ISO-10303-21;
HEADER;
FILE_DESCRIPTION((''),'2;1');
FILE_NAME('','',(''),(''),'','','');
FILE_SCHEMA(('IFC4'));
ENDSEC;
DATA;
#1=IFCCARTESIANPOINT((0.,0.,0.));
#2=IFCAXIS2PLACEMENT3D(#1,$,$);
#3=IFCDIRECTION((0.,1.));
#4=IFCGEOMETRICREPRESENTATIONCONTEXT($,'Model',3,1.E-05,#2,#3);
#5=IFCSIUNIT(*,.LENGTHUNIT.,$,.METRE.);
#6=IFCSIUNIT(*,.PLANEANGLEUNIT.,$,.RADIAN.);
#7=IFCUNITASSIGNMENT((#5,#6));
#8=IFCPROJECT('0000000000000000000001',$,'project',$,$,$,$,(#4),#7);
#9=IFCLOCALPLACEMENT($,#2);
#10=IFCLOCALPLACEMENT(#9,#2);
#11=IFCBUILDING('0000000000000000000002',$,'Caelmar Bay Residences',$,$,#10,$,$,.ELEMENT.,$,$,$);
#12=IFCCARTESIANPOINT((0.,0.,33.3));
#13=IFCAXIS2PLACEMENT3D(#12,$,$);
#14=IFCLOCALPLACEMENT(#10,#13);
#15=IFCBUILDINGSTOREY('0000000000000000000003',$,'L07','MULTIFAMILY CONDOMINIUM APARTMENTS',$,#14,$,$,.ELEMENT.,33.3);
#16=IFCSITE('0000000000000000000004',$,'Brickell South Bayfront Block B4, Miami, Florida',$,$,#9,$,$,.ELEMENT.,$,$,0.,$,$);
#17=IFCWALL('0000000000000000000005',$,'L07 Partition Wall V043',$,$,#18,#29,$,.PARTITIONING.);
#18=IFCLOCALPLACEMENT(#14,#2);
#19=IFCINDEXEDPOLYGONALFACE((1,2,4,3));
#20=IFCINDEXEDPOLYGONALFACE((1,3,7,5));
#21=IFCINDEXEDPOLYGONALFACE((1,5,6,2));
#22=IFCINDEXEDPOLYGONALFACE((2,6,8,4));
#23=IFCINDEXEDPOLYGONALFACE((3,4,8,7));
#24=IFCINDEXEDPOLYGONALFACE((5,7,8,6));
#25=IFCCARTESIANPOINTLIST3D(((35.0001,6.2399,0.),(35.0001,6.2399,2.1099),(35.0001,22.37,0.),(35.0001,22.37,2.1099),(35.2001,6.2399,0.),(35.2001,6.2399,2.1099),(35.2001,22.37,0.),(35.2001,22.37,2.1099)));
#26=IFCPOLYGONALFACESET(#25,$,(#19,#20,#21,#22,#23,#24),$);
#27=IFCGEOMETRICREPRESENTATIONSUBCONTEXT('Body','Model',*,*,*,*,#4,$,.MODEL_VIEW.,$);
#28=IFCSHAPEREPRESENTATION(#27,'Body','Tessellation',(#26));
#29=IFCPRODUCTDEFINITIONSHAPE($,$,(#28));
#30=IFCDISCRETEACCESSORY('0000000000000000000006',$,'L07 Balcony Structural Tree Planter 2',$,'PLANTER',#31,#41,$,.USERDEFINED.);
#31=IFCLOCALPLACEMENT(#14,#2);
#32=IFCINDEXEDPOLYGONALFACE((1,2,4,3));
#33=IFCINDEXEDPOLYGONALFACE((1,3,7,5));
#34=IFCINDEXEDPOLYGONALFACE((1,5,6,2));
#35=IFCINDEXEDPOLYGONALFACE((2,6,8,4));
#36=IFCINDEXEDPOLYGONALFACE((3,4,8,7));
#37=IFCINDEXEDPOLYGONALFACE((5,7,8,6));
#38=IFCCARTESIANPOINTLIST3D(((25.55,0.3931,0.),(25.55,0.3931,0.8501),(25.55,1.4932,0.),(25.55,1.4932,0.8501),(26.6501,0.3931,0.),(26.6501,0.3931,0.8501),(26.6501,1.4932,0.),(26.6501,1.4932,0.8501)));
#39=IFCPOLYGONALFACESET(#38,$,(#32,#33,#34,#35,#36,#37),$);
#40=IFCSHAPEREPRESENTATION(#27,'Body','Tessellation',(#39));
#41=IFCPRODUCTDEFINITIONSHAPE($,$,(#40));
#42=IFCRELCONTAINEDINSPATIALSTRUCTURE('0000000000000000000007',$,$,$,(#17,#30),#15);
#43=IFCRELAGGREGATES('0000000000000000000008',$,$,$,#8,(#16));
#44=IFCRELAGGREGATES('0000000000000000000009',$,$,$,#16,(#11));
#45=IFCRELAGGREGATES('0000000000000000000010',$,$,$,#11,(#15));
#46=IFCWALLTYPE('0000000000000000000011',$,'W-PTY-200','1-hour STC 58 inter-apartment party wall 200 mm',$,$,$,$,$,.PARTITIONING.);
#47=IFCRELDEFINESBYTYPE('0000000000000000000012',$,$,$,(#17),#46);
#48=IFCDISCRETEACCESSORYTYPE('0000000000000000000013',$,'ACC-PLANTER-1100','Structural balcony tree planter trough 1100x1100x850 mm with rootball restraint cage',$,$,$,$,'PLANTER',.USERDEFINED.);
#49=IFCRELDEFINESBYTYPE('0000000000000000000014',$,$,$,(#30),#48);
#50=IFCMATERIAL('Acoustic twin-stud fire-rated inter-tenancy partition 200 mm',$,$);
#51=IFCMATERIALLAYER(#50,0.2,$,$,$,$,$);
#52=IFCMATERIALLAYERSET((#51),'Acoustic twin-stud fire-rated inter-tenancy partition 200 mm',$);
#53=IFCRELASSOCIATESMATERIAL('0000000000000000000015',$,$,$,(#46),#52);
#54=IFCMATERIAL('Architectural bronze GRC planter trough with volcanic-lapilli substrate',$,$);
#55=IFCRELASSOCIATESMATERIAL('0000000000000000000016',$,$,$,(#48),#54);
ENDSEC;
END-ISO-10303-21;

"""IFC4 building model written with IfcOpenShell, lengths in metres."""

from ifc_helpers import new_model, si_unit, direction, frame, frame_2d, origin, origin_2d, place, context, subcontext, project, spatial, rectangle, extrude, material, layer, layer_set, type_object, element, save


model = new_model("IFC4")

# Units and contexts
model_context = context("Model", 3, precision=1e-05, world=origin(), true_north=direction((0.0, 1.0)))
body_context = subcontext(model_context, "Body", "Model", "MODEL_VIEW")
ifc_project = project(units=[si_unit("LENGTHUNIT", "METRE"), si_unit("PLANEANGLEUNIT", "RADIAN")], contexts=[model_context])

# Site, building, storey
site_placement = place(None, origin())
site = spatial("IfcSite", under=ifc_project, at=site_placement, Name="Brickell South Bayfront Block B4, Miami, Florida", CompositionType="ELEMENT", RefElevation=0.0)
building_placement = place(site_placement, origin())
building = spatial("IfcBuilding", under=site, at=building_placement, Name="Caelmar Bay Residences", CompositionType="ELEMENT")
storey_placement = place(building_placement, frame((0.0, 0.0, 33.3)))
storey = spatial("IfcBuildingStorey", under=building, at=storey_placement, Name="L07", Description="MULTIFAMILY CONDOMINIUM APARTMENTS", CompositionType="ELEMENT", Elevation=33.3)

# Wall
ifc_material_1 = material(Name="Acoustic twin-stud fire-rated inter-tenancy partition 200 mm")
ifc_layer_1 = layer(ifc_material_1, 0.2)
ifc_layer_set_1 = layer_set([ifc_layer_1], Name="Acoustic twin-stud fire-rated inter-tenancy partition 200 mm")
wall_type_1 = type_object("IfcWallType", Name="W-PTY-200", Description="1-hour STC 58 inter-apartment party wall 200 mm", PredefinedType="PARTITIONING", material=ifc_layer_set_1)
wall_1_placement = place(storey_placement, frame((35.1001, 6.24, 0.0), z_axis=(0.0, 0.0, 1.0), x_axis=(0.0, 1.0, 0.0)))
element("IfcWall", 1, at=wall_1_placement, inside=storey, type_object=wall_type_1, Name="L07 Partition Wall V043", PredefinedType="PARTITIONING", context=body_context, shape_type="SweptSolid", body=[
    extrude(rectangle(XDim=16.1301, YDim=0.2, at=frame_2d((8.0649, 0.0))), origin(), (0.0, 0.0, 1.0), 2.1099),
])

# Discrete accessory
ifc_material_2 = material(Name="Architectural bronze GRC planter trough with volcanic-lapilli substrate")
discrete_accessory_type = type_object("IfcDiscreteAccessoryType", Name="ACC-PLANTER-1100", Description="Structural balcony tree planter trough 1100x1100x850 mm with rootball restraint cage", ElementType="PLANTER", PredefinedType="USERDEFINED", material=ifc_material_2)
discrete_accessory_placement = place(storey_placement, frame((26.1001, 0.9431, 0.0), z_axis=(0.0, 0.0, 1.0), x_axis=(1.0, 0.0, 0.0)))
element("IfcDiscreteAccessory", 2, at=discrete_accessory_placement, inside=storey, type_object=discrete_accessory_type, Name="L07 Balcony Structural Tree Planter 2", ObjectType="PLANTER", PredefinedType="USERDEFINED", context=body_context, shape_type="SweptSolid", body=[
    extrude(rectangle(XDim=1.1001, YDim=1.1001, at=origin_2d()), origin(), (0.0, 0.0, 1.0), 0.8501),
])

save(model, "model.ifc")
